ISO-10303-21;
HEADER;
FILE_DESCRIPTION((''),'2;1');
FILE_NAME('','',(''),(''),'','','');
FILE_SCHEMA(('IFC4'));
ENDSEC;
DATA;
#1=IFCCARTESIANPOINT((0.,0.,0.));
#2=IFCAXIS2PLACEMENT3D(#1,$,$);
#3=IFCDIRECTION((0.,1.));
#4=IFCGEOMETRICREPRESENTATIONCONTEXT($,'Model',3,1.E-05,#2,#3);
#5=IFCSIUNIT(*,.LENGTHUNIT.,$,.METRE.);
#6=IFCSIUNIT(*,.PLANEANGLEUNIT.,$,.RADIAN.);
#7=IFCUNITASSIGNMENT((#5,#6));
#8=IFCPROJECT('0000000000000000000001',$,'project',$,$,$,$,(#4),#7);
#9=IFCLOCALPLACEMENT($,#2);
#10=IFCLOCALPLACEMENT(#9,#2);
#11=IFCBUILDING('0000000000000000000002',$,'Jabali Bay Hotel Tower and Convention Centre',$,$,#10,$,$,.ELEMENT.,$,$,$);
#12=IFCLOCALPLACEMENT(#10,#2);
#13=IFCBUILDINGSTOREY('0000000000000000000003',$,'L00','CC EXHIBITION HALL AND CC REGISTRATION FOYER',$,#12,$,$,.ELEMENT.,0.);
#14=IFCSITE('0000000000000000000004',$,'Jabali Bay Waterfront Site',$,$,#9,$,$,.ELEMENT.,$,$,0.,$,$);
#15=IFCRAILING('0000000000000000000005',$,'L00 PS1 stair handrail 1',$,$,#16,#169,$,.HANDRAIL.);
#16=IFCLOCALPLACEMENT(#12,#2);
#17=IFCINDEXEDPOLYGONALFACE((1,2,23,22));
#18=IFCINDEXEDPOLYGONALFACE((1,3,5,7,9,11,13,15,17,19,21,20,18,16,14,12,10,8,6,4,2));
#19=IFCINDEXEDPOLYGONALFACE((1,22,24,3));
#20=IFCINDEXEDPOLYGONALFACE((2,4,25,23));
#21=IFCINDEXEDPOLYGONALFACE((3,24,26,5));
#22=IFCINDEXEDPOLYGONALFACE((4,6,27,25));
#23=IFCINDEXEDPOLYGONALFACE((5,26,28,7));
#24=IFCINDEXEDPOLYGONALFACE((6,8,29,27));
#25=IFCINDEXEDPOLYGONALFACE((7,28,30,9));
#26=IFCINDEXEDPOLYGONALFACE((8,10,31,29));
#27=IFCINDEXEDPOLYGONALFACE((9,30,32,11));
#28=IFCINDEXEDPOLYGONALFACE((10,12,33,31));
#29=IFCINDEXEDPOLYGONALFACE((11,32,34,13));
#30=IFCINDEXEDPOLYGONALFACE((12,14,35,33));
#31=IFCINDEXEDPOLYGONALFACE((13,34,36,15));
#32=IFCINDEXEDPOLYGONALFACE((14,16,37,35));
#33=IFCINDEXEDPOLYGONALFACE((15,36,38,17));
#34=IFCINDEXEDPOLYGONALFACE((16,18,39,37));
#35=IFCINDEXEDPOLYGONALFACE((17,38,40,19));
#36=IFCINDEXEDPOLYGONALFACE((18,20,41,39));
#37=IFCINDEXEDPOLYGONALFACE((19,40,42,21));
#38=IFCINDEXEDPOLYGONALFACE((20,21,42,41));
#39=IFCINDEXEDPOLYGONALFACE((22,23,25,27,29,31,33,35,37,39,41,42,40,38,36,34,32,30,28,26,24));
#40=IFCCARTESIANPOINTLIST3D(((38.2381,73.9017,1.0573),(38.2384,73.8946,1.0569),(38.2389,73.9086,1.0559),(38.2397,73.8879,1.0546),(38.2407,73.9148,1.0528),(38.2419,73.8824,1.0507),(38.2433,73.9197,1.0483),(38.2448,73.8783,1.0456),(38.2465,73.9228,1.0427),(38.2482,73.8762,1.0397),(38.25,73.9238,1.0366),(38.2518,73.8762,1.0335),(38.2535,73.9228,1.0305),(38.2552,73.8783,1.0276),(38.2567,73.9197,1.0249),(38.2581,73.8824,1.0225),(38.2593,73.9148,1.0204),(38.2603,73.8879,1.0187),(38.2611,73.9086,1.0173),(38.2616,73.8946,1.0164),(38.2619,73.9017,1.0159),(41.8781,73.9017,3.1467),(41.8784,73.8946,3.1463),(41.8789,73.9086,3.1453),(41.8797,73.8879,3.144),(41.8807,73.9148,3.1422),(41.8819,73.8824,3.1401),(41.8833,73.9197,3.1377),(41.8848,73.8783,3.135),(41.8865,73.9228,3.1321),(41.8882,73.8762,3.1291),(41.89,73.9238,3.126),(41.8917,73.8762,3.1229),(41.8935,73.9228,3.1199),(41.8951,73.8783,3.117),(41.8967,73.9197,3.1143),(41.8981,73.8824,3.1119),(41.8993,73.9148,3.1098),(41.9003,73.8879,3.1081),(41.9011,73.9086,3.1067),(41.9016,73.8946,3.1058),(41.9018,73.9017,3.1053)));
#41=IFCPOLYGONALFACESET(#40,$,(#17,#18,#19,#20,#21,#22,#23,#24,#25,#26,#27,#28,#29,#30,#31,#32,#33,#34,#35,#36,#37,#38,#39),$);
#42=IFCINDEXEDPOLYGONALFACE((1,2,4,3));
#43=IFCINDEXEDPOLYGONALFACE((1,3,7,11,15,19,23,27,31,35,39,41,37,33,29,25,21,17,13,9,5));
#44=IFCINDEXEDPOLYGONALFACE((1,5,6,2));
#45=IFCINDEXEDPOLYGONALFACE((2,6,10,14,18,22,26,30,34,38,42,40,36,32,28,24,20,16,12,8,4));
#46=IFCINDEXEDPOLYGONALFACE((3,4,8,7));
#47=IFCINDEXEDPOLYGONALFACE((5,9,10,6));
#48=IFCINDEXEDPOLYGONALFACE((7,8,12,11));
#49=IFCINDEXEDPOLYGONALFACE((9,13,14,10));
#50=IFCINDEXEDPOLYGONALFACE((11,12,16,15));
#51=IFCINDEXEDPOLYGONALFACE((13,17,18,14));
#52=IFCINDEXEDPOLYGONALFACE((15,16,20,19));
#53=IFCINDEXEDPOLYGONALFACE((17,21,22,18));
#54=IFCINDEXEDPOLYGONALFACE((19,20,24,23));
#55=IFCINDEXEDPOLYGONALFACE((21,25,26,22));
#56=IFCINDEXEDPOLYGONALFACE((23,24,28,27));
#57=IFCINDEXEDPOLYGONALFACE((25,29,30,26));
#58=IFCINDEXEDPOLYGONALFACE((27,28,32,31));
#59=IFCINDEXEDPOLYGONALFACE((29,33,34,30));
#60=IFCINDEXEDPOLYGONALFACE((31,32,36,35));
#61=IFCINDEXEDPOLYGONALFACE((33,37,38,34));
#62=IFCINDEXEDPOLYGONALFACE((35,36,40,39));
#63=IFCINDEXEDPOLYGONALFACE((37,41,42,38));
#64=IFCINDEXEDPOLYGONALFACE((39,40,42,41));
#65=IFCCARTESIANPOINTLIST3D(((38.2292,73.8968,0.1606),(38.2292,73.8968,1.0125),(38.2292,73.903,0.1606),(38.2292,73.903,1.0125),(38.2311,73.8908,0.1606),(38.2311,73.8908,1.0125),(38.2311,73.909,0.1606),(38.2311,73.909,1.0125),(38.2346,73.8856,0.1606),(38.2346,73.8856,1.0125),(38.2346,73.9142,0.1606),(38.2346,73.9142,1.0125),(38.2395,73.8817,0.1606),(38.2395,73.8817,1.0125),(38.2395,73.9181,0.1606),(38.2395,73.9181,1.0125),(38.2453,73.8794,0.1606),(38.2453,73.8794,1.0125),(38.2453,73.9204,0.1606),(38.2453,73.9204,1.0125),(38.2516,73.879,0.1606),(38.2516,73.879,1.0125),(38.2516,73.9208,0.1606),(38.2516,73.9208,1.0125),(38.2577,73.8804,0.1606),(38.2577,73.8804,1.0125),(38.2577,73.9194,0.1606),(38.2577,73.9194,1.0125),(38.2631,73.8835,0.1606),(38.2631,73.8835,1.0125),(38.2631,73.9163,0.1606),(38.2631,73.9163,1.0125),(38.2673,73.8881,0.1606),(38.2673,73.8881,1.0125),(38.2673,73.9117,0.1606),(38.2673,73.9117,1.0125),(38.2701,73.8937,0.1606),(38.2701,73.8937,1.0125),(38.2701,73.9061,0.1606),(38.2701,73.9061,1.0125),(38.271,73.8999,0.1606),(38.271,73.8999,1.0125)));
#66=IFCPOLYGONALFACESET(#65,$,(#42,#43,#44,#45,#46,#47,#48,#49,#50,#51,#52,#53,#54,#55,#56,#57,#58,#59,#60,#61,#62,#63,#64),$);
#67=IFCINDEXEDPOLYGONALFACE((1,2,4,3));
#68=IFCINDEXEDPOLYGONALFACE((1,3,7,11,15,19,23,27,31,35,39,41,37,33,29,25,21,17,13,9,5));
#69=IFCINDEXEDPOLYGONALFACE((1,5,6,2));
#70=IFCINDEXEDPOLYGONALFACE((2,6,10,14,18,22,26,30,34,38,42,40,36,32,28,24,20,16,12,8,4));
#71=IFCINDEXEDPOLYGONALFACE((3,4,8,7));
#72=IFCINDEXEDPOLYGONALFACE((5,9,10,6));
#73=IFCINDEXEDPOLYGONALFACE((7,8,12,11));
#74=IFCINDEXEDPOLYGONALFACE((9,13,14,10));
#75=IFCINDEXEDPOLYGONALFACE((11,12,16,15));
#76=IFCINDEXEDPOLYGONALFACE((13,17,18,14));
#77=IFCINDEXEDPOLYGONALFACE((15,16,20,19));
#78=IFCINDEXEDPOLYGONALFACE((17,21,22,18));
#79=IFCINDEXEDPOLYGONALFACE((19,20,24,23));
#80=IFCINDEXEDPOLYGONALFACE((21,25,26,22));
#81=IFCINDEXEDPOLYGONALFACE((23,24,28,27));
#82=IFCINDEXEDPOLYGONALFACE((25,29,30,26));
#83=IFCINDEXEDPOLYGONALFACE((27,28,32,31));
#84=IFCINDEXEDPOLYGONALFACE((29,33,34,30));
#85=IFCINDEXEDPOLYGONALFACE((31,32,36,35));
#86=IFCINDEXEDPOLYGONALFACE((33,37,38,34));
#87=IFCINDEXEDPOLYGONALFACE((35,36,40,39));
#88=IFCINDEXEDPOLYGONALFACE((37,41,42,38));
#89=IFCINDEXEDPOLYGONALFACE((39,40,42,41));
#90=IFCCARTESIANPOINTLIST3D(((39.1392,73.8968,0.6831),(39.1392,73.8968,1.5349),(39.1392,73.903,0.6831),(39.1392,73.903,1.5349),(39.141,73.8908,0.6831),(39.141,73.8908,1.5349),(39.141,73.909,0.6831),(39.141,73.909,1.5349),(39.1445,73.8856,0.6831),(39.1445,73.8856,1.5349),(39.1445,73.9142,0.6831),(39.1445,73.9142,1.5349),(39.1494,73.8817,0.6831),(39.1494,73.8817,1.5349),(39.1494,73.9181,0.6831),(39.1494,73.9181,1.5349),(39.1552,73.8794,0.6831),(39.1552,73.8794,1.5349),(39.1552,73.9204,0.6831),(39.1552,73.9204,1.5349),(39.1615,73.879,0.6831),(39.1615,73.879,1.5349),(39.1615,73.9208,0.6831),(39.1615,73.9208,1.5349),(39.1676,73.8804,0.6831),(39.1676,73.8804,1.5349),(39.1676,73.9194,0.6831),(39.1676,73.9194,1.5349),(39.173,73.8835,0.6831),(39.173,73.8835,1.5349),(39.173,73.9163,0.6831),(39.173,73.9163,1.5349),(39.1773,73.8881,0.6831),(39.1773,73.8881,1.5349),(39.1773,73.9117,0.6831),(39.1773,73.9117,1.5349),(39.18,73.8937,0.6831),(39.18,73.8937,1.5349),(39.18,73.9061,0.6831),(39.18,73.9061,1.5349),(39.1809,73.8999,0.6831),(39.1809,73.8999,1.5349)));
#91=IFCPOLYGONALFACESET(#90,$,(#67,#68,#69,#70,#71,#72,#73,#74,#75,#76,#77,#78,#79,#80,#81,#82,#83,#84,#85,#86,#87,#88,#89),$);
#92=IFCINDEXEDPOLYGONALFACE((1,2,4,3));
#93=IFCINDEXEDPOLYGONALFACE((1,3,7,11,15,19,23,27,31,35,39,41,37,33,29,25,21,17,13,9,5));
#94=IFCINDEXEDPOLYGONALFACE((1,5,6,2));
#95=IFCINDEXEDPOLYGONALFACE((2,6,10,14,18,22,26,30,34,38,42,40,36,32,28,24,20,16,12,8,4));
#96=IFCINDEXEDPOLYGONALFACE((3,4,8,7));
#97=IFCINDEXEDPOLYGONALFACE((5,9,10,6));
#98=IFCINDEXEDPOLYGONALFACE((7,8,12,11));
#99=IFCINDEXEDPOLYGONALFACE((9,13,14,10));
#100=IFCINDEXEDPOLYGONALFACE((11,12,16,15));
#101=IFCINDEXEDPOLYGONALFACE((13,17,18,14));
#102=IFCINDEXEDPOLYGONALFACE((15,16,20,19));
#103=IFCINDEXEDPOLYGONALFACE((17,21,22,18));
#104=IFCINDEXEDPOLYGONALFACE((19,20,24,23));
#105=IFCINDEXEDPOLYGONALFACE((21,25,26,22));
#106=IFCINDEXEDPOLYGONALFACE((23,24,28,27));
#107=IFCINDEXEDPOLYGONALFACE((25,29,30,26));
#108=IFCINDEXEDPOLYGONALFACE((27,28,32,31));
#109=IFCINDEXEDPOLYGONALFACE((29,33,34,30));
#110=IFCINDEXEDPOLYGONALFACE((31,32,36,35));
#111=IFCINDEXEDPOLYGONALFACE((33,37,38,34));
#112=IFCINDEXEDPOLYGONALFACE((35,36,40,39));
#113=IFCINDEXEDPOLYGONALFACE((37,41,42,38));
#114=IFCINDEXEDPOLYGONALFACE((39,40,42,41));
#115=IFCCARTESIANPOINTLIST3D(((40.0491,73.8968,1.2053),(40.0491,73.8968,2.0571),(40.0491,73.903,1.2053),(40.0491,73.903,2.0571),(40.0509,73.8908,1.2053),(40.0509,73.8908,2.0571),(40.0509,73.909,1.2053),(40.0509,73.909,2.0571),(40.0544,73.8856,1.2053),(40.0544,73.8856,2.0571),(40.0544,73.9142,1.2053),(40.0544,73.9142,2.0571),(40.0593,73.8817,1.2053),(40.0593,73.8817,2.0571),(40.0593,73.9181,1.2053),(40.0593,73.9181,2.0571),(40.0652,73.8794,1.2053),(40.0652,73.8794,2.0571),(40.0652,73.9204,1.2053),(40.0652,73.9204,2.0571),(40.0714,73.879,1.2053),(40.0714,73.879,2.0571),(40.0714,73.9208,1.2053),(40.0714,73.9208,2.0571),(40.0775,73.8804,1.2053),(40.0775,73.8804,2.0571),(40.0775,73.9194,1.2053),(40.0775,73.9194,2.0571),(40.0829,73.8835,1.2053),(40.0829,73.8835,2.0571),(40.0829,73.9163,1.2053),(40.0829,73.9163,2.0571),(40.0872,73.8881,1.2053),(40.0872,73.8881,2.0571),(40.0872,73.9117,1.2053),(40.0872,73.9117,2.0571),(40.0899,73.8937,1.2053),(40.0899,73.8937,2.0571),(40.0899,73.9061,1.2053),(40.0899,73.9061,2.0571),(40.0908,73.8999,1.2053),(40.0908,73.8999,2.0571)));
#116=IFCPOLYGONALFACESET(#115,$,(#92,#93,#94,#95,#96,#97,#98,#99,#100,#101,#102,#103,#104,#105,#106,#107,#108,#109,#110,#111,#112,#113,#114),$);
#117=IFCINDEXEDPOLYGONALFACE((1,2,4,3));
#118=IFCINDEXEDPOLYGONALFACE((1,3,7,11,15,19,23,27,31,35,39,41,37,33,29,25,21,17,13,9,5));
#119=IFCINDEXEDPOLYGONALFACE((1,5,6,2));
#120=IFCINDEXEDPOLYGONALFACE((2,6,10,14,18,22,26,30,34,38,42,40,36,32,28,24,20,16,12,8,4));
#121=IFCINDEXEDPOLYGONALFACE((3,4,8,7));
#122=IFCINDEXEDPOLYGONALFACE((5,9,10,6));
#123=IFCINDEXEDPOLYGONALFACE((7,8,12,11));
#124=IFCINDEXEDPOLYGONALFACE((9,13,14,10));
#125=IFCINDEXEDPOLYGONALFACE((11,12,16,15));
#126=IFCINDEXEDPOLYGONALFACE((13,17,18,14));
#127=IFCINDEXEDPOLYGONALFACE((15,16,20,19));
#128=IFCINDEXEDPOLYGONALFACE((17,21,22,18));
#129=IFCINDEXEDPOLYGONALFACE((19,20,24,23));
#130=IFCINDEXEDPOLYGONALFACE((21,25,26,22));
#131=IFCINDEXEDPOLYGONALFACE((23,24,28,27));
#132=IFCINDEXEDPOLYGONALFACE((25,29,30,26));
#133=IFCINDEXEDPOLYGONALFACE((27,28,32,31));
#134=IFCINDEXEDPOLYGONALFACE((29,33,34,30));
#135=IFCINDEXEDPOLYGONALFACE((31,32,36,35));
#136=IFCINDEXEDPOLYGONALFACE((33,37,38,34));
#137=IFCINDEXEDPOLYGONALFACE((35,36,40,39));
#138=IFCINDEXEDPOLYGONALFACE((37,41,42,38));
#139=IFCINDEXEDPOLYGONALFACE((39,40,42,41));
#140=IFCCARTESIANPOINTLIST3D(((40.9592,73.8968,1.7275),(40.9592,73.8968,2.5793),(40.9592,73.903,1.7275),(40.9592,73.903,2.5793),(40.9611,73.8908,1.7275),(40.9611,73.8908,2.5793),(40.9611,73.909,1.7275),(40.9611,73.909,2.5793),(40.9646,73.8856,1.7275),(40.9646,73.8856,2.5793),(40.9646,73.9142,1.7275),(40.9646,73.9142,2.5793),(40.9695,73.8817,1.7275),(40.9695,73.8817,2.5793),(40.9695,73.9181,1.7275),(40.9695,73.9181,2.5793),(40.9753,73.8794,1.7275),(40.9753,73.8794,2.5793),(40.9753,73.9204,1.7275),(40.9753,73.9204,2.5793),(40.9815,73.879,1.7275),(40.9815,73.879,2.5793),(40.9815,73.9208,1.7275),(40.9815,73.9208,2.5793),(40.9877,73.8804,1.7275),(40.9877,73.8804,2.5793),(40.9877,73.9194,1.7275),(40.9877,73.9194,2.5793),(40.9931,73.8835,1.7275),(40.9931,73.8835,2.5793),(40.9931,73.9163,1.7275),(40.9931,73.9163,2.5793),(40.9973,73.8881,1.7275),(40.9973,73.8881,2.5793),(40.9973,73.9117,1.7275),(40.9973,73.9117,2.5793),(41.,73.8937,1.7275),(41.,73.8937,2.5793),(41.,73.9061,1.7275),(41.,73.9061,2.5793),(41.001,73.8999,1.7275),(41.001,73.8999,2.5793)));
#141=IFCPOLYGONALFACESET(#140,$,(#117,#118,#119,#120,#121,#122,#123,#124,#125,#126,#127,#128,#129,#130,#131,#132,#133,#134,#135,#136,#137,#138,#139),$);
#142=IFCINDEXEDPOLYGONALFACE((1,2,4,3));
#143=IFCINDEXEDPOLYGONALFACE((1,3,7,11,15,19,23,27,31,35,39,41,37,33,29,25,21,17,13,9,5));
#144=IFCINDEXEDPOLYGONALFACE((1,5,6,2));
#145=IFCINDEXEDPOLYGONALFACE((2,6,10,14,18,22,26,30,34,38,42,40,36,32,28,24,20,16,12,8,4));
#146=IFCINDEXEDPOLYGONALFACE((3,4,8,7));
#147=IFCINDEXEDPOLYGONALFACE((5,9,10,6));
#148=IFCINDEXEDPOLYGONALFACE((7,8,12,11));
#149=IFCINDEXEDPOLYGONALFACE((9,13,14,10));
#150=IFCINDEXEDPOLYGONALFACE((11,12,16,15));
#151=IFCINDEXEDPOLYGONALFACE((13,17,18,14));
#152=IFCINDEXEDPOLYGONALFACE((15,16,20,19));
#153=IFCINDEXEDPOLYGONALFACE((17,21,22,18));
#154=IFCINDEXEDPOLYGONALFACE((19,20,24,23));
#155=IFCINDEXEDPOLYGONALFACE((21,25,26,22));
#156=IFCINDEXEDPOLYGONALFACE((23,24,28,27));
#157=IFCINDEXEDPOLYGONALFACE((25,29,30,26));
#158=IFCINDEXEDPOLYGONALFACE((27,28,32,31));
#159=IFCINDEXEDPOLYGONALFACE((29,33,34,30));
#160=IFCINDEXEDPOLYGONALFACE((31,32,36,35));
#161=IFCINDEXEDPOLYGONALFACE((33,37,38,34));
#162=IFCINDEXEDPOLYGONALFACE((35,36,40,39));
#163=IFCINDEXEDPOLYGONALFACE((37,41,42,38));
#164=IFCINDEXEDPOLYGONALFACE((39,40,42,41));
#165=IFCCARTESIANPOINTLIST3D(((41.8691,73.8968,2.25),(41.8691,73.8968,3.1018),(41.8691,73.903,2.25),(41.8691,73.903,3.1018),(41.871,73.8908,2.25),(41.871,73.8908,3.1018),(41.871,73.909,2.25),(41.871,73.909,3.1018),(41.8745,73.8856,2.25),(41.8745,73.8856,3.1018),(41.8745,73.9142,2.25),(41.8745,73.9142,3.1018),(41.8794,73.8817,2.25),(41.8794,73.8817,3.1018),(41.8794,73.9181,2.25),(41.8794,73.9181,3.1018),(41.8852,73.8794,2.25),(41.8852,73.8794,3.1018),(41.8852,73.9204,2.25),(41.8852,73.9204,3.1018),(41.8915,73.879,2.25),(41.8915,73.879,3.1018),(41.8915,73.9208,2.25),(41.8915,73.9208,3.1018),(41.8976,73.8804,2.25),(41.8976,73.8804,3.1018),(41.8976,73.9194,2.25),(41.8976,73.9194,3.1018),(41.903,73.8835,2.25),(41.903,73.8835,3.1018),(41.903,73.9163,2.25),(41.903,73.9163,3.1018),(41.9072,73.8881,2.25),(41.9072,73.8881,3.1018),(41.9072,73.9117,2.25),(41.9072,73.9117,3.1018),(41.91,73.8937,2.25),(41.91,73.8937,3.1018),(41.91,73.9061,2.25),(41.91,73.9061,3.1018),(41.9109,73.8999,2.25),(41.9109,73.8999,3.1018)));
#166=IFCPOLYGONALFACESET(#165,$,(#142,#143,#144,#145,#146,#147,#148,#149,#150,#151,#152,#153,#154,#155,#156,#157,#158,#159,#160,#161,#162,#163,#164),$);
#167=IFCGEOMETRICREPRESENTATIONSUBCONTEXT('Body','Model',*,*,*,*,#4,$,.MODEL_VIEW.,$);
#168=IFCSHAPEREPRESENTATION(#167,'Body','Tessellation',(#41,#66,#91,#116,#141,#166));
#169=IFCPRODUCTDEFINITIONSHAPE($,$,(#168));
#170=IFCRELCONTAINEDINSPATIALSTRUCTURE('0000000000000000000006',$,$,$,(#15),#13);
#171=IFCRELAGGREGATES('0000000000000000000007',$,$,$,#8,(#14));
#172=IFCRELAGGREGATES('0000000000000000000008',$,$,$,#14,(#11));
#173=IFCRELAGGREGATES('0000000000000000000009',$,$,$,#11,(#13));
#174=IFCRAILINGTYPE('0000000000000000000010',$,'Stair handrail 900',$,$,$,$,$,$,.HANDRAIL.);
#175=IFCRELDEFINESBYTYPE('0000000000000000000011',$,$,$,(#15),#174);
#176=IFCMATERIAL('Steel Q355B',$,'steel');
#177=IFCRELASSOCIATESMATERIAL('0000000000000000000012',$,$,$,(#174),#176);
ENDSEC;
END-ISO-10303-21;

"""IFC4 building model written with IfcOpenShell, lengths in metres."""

from ifc_helpers import new_model, si_unit, direction, frame, origin, origin_2d, place, context, subcontext, project, spatial, circle, extrude, material, type_object, element, save


model = new_model("IFC4")

# Units and contexts
model_context = context("Model", 3, precision=1e-05, world=origin(), true_north=direction((0.0, 1.0)))
body_context = subcontext(model_context, "Body", "Model", "MODEL_VIEW")
ifc_project = project(units=[si_unit("LENGTHUNIT", "METRE"), si_unit("PLANEANGLEUNIT", "RADIAN")], contexts=[model_context])

# Site, building, storey
site_placement = place(None, origin())
site = spatial("IfcSite", under=ifc_project, at=site_placement, Name="Jabali Bay Waterfront Site", CompositionType="ELEMENT", RefElevation=0.0)
building_placement = place(site_placement, origin())
building = spatial("IfcBuilding", under=site, at=building_placement, Name="Jabali Bay Hotel Tower and Convention Centre", CompositionType="ELEMENT")
storey_placement = place(building_placement, origin())
storey = spatial("IfcBuildingStorey", under=building, at=storey_placement, Name="L00", Description="CC EXHIBITION HALL AND CC REGISTRATION FOYER", CompositionType="ELEMENT", Elevation=0.0)

# Railing
ifc_material_1 = material(Name="Steel Q355B", Category="steel")
railing_type_1 = type_object("IfcRailingType", Name="Stair handrail 900", PredefinedType="HANDRAIL", material=ifc_material_1)
for number, where, name in (
    (1, (38.25, 73.8999, 0.1606), "L00 PS1 stair handrail 1"),
):
    element("IfcRailing", number, at=place(storey_placement, frame(where)), inside=storey, type_object=railing_type_1, Name=name, PredefinedType="HANDRAIL", context=body_context, shape_type="SweptSolid", body=[
        extrude(circle(Radius=0.0239, at=origin_2d()), frame((0.0, 0.0, 0.876), z_axis=(0.867275, 0.0, 0.497829), x_axis=(0.0, 1.0, 0.0)), (0.0, 0.0, 1.0), 4.197),
        extrude(circle(Radius=0.021, at=origin_2d()), origin(), (0.0, 0.0, 1.0), 0.8518),
        extrude(circle(Radius=0.021, at=origin_2d()), frame((0.9099, 0.0, 0.5225)), (0.0, 0.0, 1.0), 0.8518),
        extrude(circle(Radius=0.021, at=origin_2d()), frame((1.8198, 0.0, 1.0447)), (0.0, 0.0, 1.0), 0.8518),
        extrude(circle(Radius=0.021, at=origin_2d()), frame((2.73, 0.0, 1.5669)), (0.0, 0.0, 1.0), 0.8518),
        extrude(circle(Radius=0.021, at=origin_2d()), frame((3.6399, 0.0, 2.0894)), (0.0, 0.0, 1.0), 0.8518),
    ])

save(model, "model.ifc")
